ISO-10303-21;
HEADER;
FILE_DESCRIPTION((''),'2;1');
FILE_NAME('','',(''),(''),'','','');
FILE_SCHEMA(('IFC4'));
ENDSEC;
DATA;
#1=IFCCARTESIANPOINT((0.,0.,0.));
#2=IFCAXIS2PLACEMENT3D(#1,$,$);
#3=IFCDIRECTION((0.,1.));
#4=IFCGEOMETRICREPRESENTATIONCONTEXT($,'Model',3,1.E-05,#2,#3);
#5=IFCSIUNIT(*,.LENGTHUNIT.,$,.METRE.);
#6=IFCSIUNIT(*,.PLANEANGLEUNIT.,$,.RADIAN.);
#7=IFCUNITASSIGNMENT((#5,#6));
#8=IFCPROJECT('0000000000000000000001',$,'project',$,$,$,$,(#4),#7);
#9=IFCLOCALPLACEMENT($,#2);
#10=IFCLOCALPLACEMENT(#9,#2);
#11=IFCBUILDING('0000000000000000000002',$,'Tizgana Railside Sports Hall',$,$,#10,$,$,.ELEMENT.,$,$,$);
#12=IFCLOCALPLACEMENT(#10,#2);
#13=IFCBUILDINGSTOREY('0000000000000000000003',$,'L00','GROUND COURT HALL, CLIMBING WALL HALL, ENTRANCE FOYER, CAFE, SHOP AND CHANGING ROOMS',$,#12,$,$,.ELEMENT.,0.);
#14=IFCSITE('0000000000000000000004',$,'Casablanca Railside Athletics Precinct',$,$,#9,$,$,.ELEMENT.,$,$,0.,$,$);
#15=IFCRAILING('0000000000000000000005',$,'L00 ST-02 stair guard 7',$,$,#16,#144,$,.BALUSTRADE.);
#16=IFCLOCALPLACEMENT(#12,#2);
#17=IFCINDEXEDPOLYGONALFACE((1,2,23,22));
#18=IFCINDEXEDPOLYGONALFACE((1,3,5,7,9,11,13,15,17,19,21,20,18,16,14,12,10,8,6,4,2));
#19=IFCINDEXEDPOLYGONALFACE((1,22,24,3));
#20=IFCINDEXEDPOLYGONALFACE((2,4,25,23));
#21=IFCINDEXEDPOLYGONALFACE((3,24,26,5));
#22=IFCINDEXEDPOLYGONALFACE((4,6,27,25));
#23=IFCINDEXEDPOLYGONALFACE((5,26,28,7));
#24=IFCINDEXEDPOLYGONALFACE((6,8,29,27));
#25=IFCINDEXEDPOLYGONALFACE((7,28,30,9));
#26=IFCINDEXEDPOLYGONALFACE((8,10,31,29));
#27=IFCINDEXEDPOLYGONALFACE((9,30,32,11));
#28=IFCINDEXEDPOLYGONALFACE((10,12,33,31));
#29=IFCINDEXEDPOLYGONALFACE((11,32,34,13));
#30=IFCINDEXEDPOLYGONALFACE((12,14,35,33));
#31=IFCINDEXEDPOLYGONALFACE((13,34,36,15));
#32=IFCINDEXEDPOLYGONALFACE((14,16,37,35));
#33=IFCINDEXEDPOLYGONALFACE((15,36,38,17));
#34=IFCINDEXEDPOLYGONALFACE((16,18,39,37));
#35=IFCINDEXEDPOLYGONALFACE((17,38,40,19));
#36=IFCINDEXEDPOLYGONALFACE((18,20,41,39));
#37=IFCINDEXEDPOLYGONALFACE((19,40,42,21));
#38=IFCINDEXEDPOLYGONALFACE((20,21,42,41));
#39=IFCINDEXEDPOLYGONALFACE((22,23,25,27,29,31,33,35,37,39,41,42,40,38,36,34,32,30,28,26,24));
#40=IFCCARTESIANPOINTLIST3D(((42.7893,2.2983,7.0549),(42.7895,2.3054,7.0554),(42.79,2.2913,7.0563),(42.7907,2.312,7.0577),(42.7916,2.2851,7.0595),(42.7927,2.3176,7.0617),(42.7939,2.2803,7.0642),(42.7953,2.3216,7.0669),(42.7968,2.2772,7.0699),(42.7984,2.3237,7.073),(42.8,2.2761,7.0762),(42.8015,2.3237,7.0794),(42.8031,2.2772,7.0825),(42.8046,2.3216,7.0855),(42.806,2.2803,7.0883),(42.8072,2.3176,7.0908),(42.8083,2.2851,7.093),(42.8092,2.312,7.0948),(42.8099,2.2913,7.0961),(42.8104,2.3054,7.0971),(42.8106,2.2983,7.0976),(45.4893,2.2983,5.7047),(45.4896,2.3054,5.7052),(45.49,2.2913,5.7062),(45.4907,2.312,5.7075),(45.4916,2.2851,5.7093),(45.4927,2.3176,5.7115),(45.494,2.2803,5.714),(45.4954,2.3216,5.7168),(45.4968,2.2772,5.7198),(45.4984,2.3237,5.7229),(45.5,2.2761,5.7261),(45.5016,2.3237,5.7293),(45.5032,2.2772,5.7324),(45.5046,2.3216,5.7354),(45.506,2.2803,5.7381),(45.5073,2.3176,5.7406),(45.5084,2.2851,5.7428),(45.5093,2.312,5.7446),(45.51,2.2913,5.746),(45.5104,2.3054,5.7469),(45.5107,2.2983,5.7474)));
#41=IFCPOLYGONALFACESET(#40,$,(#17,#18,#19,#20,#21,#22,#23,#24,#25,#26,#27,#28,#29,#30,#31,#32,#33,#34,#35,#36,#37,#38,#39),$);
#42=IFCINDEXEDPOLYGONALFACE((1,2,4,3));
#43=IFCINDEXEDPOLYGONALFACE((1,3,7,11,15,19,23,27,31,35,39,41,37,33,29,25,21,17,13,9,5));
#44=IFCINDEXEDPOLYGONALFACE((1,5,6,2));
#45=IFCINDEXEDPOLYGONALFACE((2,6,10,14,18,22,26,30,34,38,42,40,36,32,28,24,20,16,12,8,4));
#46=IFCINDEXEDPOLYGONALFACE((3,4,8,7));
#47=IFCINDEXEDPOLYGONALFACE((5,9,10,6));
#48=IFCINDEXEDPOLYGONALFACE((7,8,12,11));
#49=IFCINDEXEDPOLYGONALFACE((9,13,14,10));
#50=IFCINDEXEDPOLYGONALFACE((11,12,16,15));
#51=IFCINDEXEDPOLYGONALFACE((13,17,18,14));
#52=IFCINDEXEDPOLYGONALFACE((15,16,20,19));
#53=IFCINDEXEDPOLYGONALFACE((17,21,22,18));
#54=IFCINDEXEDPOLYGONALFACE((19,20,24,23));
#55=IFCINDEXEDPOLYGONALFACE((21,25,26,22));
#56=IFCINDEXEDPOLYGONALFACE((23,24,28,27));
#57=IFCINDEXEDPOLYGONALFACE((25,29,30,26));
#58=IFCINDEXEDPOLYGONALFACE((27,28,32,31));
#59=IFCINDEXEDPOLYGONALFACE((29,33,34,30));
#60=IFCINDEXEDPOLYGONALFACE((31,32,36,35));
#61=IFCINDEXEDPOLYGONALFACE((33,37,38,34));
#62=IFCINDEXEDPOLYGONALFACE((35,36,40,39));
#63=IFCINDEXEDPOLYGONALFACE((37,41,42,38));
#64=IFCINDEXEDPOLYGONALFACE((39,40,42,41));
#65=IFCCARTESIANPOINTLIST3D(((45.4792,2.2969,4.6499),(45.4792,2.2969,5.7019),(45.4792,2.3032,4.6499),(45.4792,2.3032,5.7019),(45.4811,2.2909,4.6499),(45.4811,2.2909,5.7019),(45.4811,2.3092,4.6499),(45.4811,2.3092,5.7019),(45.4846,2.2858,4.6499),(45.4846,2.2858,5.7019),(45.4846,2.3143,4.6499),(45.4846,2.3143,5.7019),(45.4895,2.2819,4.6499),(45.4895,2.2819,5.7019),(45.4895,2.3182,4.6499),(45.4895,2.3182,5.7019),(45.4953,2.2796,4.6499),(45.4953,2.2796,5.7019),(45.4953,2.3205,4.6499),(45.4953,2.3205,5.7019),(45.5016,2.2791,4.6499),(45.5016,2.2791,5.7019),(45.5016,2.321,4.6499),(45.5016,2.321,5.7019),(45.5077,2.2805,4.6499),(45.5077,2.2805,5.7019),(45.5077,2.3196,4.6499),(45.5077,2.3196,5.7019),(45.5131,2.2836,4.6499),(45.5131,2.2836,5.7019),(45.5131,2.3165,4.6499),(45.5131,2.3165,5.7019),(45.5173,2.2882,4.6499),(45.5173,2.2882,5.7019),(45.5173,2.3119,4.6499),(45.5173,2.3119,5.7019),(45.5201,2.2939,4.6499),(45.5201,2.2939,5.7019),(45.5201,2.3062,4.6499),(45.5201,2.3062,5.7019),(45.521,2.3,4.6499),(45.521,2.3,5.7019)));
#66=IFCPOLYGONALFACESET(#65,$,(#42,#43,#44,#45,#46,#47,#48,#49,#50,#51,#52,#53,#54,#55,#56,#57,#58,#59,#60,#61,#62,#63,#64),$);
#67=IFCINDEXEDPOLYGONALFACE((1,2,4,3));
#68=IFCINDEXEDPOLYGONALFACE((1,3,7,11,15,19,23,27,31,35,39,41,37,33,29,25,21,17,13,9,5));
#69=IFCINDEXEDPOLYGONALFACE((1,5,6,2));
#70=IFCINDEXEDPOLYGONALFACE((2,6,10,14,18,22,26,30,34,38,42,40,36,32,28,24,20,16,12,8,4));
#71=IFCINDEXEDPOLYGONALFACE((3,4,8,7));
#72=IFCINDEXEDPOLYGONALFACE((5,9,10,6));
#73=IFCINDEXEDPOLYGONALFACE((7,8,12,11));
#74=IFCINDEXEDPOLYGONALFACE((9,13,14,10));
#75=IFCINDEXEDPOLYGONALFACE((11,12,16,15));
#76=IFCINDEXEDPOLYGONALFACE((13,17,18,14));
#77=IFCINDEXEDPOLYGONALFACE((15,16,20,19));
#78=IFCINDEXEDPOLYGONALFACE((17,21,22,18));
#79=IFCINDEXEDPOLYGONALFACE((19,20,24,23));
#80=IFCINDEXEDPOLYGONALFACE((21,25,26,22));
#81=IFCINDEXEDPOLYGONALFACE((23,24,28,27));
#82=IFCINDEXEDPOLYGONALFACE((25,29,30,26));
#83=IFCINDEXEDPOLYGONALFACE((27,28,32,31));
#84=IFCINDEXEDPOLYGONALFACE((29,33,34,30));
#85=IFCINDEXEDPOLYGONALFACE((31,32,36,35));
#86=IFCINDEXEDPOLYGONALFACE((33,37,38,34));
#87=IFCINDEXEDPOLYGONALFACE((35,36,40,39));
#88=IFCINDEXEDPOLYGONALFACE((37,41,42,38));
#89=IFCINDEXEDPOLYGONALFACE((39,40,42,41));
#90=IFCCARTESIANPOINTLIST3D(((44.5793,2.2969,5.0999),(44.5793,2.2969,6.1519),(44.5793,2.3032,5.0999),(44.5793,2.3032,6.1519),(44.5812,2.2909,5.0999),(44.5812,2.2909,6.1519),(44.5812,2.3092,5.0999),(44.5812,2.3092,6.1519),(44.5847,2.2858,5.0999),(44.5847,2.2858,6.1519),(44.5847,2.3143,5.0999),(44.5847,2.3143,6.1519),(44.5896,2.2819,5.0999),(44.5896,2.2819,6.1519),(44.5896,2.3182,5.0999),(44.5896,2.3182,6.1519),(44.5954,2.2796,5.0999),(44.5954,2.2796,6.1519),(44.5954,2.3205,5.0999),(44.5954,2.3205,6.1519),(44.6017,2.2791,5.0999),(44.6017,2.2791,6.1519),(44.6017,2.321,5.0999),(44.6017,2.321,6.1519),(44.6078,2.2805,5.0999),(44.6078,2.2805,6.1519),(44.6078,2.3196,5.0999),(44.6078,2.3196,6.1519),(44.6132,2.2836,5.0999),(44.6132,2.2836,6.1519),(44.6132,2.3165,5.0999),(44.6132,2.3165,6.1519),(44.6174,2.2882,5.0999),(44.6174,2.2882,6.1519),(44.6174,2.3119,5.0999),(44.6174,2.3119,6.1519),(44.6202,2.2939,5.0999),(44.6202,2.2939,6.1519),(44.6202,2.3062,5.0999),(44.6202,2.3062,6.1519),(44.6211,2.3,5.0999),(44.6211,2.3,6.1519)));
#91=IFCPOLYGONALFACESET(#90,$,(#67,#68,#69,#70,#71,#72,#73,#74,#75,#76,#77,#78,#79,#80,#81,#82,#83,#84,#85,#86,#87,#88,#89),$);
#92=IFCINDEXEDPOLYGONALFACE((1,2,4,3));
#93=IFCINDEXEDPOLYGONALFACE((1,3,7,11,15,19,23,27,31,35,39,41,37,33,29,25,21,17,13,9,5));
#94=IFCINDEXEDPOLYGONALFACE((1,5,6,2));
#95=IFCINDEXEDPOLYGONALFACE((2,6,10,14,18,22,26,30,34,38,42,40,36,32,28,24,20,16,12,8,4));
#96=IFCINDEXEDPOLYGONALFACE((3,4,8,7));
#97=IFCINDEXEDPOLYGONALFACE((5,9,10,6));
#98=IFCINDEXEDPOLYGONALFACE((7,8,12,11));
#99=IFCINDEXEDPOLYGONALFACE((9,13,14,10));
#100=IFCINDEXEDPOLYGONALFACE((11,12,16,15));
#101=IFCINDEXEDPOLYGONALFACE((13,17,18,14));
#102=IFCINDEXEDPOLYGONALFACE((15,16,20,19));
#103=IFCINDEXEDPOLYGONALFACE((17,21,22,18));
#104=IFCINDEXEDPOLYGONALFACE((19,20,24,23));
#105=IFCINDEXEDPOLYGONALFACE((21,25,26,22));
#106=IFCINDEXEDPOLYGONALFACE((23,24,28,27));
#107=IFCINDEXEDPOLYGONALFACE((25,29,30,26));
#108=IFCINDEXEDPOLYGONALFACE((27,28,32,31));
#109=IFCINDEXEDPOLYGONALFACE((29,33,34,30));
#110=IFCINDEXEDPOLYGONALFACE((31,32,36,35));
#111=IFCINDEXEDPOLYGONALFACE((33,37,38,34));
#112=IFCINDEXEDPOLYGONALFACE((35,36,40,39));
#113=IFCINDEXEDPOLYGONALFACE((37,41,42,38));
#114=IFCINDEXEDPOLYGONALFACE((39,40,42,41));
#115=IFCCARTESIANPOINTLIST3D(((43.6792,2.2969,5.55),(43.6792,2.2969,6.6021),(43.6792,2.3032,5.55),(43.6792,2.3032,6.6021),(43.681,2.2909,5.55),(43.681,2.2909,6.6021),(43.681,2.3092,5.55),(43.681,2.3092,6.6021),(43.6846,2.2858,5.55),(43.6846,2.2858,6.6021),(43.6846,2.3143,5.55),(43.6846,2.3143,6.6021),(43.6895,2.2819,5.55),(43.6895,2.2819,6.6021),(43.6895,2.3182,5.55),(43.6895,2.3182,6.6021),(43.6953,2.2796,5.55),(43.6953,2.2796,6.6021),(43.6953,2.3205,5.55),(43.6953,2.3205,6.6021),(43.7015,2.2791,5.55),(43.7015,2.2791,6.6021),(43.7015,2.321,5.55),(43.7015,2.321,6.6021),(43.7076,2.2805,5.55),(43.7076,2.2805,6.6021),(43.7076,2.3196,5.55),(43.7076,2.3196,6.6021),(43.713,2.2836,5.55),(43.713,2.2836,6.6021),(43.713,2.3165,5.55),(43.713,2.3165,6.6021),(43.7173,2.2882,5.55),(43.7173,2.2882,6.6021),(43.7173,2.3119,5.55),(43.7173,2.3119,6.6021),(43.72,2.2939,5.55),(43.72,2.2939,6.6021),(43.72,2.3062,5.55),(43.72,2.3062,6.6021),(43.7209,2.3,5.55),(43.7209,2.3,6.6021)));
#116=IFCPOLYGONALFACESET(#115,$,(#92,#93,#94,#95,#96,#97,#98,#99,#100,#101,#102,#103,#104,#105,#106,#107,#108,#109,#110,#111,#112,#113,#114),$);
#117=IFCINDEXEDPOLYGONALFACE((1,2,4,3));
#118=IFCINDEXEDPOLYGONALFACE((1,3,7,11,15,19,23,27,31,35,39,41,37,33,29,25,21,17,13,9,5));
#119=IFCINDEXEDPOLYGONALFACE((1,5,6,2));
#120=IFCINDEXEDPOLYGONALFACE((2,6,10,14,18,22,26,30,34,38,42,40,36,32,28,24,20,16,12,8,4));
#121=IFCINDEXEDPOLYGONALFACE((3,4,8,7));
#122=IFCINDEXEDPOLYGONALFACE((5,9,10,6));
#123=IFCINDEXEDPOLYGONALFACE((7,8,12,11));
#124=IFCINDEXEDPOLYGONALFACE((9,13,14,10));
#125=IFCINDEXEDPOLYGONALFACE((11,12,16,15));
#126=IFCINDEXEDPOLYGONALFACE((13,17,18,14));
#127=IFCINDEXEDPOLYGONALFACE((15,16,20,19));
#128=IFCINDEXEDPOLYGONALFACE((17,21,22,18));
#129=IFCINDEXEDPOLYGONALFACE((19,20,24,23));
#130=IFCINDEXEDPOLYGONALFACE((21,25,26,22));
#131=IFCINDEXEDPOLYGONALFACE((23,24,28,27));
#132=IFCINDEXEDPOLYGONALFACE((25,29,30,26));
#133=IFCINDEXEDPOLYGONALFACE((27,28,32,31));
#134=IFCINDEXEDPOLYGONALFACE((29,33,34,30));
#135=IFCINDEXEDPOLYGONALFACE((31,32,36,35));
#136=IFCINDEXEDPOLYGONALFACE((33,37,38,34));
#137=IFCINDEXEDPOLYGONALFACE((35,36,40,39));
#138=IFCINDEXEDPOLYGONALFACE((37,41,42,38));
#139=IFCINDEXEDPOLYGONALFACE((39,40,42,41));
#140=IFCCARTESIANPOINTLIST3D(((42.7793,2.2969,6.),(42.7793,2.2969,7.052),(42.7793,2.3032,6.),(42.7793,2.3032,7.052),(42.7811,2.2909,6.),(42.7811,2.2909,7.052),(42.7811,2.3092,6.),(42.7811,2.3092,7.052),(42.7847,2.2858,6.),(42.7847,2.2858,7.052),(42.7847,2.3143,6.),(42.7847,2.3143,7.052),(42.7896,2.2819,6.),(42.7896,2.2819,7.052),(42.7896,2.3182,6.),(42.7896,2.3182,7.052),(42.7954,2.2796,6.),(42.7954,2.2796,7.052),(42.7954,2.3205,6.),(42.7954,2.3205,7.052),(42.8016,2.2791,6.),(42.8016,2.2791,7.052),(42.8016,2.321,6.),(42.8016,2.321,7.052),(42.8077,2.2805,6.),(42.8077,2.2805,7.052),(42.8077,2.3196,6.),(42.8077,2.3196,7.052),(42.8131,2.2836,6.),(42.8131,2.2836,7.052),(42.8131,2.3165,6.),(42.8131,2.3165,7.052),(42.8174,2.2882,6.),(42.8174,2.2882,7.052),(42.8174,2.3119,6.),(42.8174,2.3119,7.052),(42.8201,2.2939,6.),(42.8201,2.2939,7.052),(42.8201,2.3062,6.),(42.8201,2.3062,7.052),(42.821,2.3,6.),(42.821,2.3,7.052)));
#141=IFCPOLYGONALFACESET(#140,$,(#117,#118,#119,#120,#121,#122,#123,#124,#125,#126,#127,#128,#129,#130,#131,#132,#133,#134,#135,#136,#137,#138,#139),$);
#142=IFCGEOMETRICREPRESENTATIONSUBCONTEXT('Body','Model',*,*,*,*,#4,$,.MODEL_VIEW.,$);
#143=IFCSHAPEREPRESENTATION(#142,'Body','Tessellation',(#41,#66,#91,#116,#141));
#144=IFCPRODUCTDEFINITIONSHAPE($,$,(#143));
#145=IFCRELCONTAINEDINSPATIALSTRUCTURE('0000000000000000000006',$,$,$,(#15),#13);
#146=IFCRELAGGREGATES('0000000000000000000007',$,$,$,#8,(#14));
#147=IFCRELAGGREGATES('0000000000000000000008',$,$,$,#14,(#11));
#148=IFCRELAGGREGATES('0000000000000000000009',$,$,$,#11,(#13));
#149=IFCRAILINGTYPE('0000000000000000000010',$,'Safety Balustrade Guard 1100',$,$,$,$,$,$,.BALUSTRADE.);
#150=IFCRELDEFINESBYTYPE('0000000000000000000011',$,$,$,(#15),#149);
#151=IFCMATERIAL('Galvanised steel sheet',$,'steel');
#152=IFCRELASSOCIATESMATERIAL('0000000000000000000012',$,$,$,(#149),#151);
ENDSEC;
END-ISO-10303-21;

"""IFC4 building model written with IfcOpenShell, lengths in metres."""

from ifc_helpers import new_model, si_unit, direction, frame, origin, origin_2d, place, context, subcontext, project, spatial, circle, extrude, material, type_object, element, save


model = new_model("IFC4")

# Units and contexts
model_context = context("Model", 3, precision=1e-05, world=origin(), true_north=direction((0.0, 1.0)))
body_context = subcontext(model_context, "Body", "Model", "MODEL_VIEW")
ifc_project = project(units=[si_unit("LENGTHUNIT", "METRE"), si_unit("PLANEANGLEUNIT", "RADIAN")], contexts=[model_context])

# Site, building, storey
site_placement = place(None, origin())
site = spatial("IfcSite", under=ifc_project, at=site_placement, Name="Casablanca Railside Athletics Precinct", CompositionType="ELEMENT", RefElevation=0.0)
building_placement = place(site_placement, origin())
building = spatial("IfcBuilding", under=site, at=building_placement, Name="Tizgana Railside Sports Hall", CompositionType="ELEMENT")
storey_placement = place(building_placement, origin())
storey = spatial("IfcBuildingStorey", under=building, at=storey_placement, Name="L00", Description="GROUND COURT HALL, CLIMBING WALL HALL, ENTRANCE FOYER, CAFE, SHOP AND CHANGING ROOMS", CompositionType="ELEMENT", Elevation=0.0)

# Shared definitions
ifc_material_1 = material(Name="Galvanised steel sheet", Category="steel")

# Railing
railing_type_1 = type_object("IfcRailingType", Name="Safety Balustrade Guard 1100", PredefinedType="BALUSTRADE", material=ifc_material_1)
railing_1_placement = place(storey_placement, frame((45.5, 2.3, 4.6499)))
element("IfcRailing", 1, at=railing_1_placement, inside=storey, type_object=railing_type_1, Name="L00 ST-02 stair guard 7", PredefinedType="BALUSTRADE", context=body_context, shape_type="SweptSolid", body=[
    extrude(circle(Radius=0.0239, at=origin_2d()), frame((0.0, 0.0, 1.0762), z_axis=(-0.894411, 0.0, 0.447246), x_axis=(0.0, -1.0, 0.0)), (0.0, 0.0, 1.0), 3.0188),
    extrude(circle(Radius=0.021, at=origin_2d()), origin(), (0.0, 0.0, 1.0), 1.052),
    extrude(circle(Radius=0.021, at=origin_2d()), frame((-0.8999, 0.0, 0.45)), (0.0, 0.0, 1.0), 1.052),
    extrude(circle(Radius=0.021, at=origin_2d()), frame((-1.8, 0.0, 0.9001)), (0.0, 0.0, 1.0), 1.052),
    extrude(circle(Radius=0.021, at=origin_2d()), frame((-2.7, 0.0, 1.3501)), (0.0, 0.0, 1.0), 1.052),
])

save(model, "model.ifc")
